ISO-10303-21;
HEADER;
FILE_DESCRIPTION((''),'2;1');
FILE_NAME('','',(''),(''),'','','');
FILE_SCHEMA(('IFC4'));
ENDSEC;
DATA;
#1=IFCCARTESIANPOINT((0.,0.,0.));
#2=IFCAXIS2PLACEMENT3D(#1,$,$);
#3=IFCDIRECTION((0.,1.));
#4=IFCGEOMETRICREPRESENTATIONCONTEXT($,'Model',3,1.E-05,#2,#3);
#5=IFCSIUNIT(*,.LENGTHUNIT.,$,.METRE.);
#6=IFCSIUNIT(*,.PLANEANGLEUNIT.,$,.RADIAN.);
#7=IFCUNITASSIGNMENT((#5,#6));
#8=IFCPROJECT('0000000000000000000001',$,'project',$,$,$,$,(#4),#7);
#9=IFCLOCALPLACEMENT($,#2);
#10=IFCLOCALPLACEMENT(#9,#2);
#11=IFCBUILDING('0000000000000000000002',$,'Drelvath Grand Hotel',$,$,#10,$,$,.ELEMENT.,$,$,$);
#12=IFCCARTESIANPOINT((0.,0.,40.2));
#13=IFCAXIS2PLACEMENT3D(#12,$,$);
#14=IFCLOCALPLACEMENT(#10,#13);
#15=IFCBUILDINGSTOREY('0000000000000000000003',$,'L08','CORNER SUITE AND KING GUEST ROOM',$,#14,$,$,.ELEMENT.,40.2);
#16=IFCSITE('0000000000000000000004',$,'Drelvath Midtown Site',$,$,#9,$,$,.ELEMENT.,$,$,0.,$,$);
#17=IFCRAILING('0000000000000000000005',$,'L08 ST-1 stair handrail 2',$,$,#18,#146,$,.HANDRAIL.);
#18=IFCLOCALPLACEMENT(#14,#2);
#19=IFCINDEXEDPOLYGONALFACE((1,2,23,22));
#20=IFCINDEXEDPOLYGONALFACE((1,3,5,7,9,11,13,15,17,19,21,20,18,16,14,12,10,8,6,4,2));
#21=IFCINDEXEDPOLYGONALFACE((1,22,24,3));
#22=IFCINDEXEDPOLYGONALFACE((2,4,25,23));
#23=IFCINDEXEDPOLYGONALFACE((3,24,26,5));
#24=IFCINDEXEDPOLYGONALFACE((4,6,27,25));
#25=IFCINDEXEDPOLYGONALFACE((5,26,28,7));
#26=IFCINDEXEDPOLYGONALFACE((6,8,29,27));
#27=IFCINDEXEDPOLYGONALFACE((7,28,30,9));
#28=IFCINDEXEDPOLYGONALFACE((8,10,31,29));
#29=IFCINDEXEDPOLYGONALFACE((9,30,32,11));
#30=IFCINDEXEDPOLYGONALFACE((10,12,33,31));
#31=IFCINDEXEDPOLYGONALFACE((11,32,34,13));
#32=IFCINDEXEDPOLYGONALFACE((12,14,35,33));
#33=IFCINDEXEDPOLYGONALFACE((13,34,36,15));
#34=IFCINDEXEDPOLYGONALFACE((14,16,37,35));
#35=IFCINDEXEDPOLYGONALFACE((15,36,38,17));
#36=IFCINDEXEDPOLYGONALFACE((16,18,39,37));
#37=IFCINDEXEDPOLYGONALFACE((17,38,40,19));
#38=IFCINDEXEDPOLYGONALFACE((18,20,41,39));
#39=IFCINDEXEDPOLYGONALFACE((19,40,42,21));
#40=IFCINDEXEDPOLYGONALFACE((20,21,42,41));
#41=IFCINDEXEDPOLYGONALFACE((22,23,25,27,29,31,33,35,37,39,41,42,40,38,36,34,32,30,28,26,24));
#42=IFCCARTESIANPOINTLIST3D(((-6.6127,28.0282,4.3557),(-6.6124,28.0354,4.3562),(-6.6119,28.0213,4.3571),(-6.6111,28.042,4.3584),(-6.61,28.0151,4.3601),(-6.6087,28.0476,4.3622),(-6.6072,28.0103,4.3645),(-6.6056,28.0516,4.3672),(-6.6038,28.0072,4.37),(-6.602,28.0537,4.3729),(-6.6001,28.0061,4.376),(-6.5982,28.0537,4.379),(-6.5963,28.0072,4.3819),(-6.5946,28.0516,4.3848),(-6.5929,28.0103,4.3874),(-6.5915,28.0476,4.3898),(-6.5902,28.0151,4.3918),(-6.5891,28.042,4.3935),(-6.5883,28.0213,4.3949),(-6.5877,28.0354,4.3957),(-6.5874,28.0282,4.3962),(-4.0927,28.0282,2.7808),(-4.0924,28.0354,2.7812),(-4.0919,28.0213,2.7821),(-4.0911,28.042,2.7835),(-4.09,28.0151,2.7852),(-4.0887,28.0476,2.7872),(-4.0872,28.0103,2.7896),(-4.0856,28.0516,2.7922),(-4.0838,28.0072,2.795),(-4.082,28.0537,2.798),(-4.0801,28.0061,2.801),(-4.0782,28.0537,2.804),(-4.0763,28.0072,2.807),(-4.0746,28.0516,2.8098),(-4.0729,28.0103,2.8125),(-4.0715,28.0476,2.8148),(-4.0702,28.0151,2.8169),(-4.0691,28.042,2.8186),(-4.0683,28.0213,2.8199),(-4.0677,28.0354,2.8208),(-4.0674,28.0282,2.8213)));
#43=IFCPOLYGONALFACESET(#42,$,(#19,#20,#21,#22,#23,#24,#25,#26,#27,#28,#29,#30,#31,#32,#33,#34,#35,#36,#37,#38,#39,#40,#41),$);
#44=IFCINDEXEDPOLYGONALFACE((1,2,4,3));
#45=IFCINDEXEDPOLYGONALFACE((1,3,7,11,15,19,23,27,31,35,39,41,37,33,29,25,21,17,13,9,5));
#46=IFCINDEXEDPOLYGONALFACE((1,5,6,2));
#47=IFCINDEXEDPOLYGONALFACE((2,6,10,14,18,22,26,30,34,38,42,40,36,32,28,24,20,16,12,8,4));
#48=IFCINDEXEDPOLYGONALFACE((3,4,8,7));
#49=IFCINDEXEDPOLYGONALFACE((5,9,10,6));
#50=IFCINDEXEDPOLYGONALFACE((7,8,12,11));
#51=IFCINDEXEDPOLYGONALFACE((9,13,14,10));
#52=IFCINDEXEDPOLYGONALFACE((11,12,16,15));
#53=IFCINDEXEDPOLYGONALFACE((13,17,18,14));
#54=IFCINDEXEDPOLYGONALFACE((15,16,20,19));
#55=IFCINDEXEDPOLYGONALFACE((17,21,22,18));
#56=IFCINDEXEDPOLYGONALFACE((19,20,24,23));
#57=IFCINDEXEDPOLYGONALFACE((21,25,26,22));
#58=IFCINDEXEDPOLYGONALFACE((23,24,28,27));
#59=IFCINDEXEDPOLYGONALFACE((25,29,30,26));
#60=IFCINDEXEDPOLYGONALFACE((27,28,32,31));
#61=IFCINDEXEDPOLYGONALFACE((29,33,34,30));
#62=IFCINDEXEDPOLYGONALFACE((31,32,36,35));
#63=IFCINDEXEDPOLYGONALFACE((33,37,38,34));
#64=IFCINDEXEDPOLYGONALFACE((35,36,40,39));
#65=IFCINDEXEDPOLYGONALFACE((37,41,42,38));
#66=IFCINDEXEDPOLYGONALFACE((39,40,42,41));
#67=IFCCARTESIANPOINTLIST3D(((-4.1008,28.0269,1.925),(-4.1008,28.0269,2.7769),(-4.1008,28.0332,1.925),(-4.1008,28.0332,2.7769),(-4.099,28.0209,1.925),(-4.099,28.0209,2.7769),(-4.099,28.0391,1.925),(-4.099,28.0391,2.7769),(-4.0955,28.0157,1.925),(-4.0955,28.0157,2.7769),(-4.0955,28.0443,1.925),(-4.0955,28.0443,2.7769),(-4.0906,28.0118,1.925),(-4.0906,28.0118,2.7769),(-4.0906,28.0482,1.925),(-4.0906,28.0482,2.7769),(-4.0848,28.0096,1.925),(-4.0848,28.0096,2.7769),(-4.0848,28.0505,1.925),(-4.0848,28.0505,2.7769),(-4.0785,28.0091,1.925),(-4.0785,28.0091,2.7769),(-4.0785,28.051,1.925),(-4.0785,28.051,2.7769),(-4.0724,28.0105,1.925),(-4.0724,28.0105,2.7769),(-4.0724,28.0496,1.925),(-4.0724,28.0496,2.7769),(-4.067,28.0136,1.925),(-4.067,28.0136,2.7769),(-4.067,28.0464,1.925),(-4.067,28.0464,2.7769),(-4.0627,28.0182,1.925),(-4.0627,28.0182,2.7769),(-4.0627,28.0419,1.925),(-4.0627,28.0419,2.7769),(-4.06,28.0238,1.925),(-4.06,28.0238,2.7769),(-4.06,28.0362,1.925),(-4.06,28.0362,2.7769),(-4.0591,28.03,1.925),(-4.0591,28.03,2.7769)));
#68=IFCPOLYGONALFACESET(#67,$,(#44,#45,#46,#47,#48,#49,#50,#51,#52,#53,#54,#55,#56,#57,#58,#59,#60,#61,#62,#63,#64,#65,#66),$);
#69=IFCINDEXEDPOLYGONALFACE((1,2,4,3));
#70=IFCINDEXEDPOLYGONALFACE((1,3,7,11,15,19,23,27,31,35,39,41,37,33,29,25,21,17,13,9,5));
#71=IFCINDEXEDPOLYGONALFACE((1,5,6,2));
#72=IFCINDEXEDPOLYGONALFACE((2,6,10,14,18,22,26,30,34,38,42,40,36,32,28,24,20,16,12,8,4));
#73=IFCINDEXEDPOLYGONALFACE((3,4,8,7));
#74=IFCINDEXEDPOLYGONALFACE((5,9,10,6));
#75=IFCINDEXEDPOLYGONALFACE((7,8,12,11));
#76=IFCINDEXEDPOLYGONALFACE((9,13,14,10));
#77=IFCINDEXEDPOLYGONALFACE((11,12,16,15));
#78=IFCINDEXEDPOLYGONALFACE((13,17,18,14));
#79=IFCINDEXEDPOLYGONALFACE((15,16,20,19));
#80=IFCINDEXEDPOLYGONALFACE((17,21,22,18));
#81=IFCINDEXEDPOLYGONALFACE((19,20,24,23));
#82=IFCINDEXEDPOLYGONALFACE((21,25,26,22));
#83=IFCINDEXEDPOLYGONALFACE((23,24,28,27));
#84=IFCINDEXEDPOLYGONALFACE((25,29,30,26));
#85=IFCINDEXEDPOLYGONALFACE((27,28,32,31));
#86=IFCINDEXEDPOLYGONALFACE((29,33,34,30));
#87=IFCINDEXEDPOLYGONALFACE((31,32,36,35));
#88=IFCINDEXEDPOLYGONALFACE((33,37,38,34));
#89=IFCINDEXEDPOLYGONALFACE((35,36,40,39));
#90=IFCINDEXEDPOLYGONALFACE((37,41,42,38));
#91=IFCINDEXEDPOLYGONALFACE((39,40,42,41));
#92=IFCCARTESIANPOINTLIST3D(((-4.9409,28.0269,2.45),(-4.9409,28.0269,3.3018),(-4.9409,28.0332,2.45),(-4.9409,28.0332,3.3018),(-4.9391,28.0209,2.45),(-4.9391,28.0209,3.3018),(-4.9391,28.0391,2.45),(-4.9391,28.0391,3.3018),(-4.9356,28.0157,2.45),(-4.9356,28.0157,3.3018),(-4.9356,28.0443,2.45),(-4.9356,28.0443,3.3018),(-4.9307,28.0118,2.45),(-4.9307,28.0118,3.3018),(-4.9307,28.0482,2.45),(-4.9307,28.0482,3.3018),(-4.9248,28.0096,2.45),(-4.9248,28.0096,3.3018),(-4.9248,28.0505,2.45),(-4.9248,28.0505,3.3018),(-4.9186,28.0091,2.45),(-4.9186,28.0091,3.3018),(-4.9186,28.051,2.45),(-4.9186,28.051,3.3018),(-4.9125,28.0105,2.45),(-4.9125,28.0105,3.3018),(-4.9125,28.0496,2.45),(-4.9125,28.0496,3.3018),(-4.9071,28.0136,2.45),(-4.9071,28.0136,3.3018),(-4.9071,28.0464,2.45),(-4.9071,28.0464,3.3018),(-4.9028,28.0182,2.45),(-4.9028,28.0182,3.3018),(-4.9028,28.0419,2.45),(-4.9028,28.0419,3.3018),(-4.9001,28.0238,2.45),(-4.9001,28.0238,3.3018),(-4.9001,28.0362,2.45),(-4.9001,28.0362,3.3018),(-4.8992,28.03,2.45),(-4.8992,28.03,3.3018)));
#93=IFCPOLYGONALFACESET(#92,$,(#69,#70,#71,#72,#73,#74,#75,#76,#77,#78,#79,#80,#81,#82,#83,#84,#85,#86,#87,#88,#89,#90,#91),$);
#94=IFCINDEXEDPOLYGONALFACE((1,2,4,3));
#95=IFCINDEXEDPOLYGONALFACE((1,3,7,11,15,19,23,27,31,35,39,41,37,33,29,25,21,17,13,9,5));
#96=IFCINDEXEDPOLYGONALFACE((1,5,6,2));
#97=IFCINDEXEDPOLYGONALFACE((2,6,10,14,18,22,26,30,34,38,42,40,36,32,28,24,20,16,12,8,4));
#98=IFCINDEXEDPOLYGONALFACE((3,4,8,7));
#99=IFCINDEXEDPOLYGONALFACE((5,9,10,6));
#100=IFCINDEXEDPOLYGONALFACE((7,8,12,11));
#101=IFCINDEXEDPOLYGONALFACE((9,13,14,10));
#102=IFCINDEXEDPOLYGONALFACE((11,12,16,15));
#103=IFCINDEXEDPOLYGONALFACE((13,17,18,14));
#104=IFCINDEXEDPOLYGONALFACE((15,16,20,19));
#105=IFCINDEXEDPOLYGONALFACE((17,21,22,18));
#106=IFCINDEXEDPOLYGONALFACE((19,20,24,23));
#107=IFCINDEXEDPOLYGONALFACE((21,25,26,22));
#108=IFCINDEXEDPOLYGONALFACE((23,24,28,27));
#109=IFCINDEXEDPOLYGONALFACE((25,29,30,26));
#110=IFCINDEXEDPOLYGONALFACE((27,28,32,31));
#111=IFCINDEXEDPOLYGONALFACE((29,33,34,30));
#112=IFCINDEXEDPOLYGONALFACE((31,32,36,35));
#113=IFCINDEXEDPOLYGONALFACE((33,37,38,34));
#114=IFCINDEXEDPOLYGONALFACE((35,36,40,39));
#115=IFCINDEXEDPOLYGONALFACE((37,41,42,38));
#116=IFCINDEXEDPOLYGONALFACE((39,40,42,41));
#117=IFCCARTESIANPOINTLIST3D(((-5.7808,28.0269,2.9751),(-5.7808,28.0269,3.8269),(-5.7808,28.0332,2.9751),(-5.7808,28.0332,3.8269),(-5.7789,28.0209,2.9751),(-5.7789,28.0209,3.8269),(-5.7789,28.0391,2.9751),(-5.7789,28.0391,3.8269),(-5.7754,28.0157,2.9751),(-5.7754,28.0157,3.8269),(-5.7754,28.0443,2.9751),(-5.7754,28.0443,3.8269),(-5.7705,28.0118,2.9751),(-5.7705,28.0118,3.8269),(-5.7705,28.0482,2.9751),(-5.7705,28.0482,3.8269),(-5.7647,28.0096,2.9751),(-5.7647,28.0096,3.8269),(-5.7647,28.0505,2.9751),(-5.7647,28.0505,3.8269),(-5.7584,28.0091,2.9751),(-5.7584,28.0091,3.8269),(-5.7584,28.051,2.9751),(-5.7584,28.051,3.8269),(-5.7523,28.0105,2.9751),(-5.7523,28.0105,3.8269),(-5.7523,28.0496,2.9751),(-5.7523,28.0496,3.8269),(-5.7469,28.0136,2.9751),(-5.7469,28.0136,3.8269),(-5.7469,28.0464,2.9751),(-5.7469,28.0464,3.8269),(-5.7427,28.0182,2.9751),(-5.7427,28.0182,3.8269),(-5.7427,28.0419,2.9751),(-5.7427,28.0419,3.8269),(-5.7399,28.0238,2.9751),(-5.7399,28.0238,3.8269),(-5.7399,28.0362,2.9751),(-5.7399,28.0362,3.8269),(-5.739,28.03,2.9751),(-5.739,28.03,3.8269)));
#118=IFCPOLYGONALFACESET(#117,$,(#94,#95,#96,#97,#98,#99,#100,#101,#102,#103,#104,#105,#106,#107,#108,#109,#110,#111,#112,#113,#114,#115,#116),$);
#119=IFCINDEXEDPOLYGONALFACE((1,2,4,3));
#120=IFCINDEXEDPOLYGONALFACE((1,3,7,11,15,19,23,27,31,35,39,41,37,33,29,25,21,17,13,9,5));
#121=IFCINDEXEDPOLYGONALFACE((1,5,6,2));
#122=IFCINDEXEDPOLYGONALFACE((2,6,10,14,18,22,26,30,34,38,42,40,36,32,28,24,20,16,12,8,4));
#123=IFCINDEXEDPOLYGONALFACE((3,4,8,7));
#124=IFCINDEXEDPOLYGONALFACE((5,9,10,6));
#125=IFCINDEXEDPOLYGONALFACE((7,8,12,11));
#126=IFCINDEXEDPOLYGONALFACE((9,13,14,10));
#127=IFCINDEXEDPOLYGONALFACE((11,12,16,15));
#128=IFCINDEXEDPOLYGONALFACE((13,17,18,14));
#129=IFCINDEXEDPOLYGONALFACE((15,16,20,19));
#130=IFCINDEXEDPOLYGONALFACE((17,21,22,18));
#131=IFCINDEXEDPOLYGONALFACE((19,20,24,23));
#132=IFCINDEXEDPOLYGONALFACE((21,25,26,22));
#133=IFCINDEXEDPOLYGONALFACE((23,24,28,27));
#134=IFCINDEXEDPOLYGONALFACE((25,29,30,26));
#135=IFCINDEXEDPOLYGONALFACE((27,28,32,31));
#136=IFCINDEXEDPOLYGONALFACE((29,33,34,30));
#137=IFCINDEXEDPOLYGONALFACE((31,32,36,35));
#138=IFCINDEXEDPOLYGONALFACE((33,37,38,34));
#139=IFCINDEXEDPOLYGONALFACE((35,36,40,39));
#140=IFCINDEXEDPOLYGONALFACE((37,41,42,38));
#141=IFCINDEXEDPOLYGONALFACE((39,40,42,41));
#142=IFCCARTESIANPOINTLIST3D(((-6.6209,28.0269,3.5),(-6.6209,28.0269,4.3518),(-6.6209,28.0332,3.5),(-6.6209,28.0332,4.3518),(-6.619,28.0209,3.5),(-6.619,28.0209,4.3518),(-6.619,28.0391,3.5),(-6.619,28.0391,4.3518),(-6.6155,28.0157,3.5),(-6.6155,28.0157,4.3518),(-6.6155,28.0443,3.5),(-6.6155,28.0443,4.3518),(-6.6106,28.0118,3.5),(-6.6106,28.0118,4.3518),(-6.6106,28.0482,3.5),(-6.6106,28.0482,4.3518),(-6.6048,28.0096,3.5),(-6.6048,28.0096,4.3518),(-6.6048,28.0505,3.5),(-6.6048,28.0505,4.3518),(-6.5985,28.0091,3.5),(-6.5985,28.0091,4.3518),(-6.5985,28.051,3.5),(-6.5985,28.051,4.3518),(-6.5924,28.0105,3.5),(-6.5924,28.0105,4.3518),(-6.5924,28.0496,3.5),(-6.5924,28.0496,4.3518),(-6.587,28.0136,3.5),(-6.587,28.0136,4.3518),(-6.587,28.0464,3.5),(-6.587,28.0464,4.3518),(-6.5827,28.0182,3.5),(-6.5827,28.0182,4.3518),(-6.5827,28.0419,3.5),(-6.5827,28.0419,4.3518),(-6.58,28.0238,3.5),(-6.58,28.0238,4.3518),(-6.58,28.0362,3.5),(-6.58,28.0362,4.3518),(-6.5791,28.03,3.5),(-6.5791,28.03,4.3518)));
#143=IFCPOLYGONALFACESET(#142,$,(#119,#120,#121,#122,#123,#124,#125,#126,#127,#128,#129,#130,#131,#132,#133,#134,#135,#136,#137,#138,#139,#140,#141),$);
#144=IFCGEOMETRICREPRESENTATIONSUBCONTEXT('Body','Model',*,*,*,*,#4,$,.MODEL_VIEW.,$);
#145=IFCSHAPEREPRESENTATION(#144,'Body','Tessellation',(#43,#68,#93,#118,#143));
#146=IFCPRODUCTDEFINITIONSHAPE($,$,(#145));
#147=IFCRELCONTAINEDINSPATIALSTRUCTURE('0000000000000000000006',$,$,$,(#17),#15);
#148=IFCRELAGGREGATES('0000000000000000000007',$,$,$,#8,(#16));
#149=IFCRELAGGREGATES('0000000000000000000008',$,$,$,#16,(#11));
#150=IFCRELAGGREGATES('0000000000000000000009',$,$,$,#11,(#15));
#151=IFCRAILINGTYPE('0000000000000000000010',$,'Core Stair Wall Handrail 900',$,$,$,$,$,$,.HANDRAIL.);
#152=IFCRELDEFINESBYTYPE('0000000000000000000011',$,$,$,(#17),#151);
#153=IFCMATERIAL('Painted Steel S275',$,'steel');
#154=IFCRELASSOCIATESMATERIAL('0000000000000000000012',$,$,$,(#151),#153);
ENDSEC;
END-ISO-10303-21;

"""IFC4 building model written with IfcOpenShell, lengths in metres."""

from ifc_helpers import new_model, si_unit, direction, frame, origin, origin_2d, place, context, subcontext, project, spatial, circle, extrude, material, type_object, element, save


model = new_model("IFC4")

# Units and contexts
model_context = context("Model", 3, precision=1e-05, world=origin(), true_north=direction((0.0, 1.0)))
body_context = subcontext(model_context, "Body", "Model", "MODEL_VIEW")
ifc_project = project(units=[si_unit("LENGTHUNIT", "METRE"), si_unit("PLANEANGLEUNIT", "RADIAN")], contexts=[model_context])

# Site, building, storey
site_placement = place(None, origin())
site = spatial("IfcSite", under=ifc_project, at=site_placement, Name="Drelvath Midtown Site", CompositionType="ELEMENT", RefElevation=0.0)
building_placement = place(site_placement, origin())
building = spatial("IfcBuilding", under=site, at=building_placement, Name="Drelvath Grand Hotel", CompositionType="ELEMENT")
storey_placement = place(building_placement, frame((0.0, 0.0, 40.2)))
storey = spatial("IfcBuildingStorey", under=building, at=storey_placement, Name="L08", Description="CORNER SUITE AND KING GUEST ROOM", CompositionType="ELEMENT", Elevation=40.2)

# Shared definitions
ifc_material_1 = material(Name="Painted Steel S275", Category="steel")

# Railing
railing_type_1 = type_object("IfcRailingType", Name="Core Stair Wall Handrail 900", PredefinedType="HANDRAIL", material=ifc_material_1)
railing_1_placement = place(storey_placement, frame((-4.0801, 28.03, 1.925)))
element("IfcRailing", 1, at=railing_1_placement, inside=storey, type_object=railing_type_1, Name="L08 ST-1 stair handrail 2", PredefinedType="HANDRAIL", context=body_context, shape_type="SweptSolid", body=[
    extrude(circle(Radius=0.0239, at=origin_2d()), frame((0.0, 0.0, 0.876), z_axis=(-0.848008, 0.0, 0.529984), x_axis=(0.0, -1.0, 0.0)), (0.0, 0.0, 1.0), 2.9717),
    extrude(circle(Radius=0.021, at=origin_2d()), origin(), (0.0, 0.0, 1.0), 0.8518),
    extrude(circle(Radius=0.021, at=origin_2d()), frame((-0.8401, 0.0, 0.5249)), (0.0, 0.0, 1.0), 0.8518),
    extrude(circle(Radius=0.021, at=origin_2d()), frame((-1.6799, 0.0, 1.05)), (0.0, 0.0, 1.0), 0.8518),
    extrude(circle(Radius=0.021, at=origin_2d()), frame((-2.52, 0.0, 1.575)), (0.0, 0.0, 1.0), 0.8518),
])

save(model, "model.ifc")
